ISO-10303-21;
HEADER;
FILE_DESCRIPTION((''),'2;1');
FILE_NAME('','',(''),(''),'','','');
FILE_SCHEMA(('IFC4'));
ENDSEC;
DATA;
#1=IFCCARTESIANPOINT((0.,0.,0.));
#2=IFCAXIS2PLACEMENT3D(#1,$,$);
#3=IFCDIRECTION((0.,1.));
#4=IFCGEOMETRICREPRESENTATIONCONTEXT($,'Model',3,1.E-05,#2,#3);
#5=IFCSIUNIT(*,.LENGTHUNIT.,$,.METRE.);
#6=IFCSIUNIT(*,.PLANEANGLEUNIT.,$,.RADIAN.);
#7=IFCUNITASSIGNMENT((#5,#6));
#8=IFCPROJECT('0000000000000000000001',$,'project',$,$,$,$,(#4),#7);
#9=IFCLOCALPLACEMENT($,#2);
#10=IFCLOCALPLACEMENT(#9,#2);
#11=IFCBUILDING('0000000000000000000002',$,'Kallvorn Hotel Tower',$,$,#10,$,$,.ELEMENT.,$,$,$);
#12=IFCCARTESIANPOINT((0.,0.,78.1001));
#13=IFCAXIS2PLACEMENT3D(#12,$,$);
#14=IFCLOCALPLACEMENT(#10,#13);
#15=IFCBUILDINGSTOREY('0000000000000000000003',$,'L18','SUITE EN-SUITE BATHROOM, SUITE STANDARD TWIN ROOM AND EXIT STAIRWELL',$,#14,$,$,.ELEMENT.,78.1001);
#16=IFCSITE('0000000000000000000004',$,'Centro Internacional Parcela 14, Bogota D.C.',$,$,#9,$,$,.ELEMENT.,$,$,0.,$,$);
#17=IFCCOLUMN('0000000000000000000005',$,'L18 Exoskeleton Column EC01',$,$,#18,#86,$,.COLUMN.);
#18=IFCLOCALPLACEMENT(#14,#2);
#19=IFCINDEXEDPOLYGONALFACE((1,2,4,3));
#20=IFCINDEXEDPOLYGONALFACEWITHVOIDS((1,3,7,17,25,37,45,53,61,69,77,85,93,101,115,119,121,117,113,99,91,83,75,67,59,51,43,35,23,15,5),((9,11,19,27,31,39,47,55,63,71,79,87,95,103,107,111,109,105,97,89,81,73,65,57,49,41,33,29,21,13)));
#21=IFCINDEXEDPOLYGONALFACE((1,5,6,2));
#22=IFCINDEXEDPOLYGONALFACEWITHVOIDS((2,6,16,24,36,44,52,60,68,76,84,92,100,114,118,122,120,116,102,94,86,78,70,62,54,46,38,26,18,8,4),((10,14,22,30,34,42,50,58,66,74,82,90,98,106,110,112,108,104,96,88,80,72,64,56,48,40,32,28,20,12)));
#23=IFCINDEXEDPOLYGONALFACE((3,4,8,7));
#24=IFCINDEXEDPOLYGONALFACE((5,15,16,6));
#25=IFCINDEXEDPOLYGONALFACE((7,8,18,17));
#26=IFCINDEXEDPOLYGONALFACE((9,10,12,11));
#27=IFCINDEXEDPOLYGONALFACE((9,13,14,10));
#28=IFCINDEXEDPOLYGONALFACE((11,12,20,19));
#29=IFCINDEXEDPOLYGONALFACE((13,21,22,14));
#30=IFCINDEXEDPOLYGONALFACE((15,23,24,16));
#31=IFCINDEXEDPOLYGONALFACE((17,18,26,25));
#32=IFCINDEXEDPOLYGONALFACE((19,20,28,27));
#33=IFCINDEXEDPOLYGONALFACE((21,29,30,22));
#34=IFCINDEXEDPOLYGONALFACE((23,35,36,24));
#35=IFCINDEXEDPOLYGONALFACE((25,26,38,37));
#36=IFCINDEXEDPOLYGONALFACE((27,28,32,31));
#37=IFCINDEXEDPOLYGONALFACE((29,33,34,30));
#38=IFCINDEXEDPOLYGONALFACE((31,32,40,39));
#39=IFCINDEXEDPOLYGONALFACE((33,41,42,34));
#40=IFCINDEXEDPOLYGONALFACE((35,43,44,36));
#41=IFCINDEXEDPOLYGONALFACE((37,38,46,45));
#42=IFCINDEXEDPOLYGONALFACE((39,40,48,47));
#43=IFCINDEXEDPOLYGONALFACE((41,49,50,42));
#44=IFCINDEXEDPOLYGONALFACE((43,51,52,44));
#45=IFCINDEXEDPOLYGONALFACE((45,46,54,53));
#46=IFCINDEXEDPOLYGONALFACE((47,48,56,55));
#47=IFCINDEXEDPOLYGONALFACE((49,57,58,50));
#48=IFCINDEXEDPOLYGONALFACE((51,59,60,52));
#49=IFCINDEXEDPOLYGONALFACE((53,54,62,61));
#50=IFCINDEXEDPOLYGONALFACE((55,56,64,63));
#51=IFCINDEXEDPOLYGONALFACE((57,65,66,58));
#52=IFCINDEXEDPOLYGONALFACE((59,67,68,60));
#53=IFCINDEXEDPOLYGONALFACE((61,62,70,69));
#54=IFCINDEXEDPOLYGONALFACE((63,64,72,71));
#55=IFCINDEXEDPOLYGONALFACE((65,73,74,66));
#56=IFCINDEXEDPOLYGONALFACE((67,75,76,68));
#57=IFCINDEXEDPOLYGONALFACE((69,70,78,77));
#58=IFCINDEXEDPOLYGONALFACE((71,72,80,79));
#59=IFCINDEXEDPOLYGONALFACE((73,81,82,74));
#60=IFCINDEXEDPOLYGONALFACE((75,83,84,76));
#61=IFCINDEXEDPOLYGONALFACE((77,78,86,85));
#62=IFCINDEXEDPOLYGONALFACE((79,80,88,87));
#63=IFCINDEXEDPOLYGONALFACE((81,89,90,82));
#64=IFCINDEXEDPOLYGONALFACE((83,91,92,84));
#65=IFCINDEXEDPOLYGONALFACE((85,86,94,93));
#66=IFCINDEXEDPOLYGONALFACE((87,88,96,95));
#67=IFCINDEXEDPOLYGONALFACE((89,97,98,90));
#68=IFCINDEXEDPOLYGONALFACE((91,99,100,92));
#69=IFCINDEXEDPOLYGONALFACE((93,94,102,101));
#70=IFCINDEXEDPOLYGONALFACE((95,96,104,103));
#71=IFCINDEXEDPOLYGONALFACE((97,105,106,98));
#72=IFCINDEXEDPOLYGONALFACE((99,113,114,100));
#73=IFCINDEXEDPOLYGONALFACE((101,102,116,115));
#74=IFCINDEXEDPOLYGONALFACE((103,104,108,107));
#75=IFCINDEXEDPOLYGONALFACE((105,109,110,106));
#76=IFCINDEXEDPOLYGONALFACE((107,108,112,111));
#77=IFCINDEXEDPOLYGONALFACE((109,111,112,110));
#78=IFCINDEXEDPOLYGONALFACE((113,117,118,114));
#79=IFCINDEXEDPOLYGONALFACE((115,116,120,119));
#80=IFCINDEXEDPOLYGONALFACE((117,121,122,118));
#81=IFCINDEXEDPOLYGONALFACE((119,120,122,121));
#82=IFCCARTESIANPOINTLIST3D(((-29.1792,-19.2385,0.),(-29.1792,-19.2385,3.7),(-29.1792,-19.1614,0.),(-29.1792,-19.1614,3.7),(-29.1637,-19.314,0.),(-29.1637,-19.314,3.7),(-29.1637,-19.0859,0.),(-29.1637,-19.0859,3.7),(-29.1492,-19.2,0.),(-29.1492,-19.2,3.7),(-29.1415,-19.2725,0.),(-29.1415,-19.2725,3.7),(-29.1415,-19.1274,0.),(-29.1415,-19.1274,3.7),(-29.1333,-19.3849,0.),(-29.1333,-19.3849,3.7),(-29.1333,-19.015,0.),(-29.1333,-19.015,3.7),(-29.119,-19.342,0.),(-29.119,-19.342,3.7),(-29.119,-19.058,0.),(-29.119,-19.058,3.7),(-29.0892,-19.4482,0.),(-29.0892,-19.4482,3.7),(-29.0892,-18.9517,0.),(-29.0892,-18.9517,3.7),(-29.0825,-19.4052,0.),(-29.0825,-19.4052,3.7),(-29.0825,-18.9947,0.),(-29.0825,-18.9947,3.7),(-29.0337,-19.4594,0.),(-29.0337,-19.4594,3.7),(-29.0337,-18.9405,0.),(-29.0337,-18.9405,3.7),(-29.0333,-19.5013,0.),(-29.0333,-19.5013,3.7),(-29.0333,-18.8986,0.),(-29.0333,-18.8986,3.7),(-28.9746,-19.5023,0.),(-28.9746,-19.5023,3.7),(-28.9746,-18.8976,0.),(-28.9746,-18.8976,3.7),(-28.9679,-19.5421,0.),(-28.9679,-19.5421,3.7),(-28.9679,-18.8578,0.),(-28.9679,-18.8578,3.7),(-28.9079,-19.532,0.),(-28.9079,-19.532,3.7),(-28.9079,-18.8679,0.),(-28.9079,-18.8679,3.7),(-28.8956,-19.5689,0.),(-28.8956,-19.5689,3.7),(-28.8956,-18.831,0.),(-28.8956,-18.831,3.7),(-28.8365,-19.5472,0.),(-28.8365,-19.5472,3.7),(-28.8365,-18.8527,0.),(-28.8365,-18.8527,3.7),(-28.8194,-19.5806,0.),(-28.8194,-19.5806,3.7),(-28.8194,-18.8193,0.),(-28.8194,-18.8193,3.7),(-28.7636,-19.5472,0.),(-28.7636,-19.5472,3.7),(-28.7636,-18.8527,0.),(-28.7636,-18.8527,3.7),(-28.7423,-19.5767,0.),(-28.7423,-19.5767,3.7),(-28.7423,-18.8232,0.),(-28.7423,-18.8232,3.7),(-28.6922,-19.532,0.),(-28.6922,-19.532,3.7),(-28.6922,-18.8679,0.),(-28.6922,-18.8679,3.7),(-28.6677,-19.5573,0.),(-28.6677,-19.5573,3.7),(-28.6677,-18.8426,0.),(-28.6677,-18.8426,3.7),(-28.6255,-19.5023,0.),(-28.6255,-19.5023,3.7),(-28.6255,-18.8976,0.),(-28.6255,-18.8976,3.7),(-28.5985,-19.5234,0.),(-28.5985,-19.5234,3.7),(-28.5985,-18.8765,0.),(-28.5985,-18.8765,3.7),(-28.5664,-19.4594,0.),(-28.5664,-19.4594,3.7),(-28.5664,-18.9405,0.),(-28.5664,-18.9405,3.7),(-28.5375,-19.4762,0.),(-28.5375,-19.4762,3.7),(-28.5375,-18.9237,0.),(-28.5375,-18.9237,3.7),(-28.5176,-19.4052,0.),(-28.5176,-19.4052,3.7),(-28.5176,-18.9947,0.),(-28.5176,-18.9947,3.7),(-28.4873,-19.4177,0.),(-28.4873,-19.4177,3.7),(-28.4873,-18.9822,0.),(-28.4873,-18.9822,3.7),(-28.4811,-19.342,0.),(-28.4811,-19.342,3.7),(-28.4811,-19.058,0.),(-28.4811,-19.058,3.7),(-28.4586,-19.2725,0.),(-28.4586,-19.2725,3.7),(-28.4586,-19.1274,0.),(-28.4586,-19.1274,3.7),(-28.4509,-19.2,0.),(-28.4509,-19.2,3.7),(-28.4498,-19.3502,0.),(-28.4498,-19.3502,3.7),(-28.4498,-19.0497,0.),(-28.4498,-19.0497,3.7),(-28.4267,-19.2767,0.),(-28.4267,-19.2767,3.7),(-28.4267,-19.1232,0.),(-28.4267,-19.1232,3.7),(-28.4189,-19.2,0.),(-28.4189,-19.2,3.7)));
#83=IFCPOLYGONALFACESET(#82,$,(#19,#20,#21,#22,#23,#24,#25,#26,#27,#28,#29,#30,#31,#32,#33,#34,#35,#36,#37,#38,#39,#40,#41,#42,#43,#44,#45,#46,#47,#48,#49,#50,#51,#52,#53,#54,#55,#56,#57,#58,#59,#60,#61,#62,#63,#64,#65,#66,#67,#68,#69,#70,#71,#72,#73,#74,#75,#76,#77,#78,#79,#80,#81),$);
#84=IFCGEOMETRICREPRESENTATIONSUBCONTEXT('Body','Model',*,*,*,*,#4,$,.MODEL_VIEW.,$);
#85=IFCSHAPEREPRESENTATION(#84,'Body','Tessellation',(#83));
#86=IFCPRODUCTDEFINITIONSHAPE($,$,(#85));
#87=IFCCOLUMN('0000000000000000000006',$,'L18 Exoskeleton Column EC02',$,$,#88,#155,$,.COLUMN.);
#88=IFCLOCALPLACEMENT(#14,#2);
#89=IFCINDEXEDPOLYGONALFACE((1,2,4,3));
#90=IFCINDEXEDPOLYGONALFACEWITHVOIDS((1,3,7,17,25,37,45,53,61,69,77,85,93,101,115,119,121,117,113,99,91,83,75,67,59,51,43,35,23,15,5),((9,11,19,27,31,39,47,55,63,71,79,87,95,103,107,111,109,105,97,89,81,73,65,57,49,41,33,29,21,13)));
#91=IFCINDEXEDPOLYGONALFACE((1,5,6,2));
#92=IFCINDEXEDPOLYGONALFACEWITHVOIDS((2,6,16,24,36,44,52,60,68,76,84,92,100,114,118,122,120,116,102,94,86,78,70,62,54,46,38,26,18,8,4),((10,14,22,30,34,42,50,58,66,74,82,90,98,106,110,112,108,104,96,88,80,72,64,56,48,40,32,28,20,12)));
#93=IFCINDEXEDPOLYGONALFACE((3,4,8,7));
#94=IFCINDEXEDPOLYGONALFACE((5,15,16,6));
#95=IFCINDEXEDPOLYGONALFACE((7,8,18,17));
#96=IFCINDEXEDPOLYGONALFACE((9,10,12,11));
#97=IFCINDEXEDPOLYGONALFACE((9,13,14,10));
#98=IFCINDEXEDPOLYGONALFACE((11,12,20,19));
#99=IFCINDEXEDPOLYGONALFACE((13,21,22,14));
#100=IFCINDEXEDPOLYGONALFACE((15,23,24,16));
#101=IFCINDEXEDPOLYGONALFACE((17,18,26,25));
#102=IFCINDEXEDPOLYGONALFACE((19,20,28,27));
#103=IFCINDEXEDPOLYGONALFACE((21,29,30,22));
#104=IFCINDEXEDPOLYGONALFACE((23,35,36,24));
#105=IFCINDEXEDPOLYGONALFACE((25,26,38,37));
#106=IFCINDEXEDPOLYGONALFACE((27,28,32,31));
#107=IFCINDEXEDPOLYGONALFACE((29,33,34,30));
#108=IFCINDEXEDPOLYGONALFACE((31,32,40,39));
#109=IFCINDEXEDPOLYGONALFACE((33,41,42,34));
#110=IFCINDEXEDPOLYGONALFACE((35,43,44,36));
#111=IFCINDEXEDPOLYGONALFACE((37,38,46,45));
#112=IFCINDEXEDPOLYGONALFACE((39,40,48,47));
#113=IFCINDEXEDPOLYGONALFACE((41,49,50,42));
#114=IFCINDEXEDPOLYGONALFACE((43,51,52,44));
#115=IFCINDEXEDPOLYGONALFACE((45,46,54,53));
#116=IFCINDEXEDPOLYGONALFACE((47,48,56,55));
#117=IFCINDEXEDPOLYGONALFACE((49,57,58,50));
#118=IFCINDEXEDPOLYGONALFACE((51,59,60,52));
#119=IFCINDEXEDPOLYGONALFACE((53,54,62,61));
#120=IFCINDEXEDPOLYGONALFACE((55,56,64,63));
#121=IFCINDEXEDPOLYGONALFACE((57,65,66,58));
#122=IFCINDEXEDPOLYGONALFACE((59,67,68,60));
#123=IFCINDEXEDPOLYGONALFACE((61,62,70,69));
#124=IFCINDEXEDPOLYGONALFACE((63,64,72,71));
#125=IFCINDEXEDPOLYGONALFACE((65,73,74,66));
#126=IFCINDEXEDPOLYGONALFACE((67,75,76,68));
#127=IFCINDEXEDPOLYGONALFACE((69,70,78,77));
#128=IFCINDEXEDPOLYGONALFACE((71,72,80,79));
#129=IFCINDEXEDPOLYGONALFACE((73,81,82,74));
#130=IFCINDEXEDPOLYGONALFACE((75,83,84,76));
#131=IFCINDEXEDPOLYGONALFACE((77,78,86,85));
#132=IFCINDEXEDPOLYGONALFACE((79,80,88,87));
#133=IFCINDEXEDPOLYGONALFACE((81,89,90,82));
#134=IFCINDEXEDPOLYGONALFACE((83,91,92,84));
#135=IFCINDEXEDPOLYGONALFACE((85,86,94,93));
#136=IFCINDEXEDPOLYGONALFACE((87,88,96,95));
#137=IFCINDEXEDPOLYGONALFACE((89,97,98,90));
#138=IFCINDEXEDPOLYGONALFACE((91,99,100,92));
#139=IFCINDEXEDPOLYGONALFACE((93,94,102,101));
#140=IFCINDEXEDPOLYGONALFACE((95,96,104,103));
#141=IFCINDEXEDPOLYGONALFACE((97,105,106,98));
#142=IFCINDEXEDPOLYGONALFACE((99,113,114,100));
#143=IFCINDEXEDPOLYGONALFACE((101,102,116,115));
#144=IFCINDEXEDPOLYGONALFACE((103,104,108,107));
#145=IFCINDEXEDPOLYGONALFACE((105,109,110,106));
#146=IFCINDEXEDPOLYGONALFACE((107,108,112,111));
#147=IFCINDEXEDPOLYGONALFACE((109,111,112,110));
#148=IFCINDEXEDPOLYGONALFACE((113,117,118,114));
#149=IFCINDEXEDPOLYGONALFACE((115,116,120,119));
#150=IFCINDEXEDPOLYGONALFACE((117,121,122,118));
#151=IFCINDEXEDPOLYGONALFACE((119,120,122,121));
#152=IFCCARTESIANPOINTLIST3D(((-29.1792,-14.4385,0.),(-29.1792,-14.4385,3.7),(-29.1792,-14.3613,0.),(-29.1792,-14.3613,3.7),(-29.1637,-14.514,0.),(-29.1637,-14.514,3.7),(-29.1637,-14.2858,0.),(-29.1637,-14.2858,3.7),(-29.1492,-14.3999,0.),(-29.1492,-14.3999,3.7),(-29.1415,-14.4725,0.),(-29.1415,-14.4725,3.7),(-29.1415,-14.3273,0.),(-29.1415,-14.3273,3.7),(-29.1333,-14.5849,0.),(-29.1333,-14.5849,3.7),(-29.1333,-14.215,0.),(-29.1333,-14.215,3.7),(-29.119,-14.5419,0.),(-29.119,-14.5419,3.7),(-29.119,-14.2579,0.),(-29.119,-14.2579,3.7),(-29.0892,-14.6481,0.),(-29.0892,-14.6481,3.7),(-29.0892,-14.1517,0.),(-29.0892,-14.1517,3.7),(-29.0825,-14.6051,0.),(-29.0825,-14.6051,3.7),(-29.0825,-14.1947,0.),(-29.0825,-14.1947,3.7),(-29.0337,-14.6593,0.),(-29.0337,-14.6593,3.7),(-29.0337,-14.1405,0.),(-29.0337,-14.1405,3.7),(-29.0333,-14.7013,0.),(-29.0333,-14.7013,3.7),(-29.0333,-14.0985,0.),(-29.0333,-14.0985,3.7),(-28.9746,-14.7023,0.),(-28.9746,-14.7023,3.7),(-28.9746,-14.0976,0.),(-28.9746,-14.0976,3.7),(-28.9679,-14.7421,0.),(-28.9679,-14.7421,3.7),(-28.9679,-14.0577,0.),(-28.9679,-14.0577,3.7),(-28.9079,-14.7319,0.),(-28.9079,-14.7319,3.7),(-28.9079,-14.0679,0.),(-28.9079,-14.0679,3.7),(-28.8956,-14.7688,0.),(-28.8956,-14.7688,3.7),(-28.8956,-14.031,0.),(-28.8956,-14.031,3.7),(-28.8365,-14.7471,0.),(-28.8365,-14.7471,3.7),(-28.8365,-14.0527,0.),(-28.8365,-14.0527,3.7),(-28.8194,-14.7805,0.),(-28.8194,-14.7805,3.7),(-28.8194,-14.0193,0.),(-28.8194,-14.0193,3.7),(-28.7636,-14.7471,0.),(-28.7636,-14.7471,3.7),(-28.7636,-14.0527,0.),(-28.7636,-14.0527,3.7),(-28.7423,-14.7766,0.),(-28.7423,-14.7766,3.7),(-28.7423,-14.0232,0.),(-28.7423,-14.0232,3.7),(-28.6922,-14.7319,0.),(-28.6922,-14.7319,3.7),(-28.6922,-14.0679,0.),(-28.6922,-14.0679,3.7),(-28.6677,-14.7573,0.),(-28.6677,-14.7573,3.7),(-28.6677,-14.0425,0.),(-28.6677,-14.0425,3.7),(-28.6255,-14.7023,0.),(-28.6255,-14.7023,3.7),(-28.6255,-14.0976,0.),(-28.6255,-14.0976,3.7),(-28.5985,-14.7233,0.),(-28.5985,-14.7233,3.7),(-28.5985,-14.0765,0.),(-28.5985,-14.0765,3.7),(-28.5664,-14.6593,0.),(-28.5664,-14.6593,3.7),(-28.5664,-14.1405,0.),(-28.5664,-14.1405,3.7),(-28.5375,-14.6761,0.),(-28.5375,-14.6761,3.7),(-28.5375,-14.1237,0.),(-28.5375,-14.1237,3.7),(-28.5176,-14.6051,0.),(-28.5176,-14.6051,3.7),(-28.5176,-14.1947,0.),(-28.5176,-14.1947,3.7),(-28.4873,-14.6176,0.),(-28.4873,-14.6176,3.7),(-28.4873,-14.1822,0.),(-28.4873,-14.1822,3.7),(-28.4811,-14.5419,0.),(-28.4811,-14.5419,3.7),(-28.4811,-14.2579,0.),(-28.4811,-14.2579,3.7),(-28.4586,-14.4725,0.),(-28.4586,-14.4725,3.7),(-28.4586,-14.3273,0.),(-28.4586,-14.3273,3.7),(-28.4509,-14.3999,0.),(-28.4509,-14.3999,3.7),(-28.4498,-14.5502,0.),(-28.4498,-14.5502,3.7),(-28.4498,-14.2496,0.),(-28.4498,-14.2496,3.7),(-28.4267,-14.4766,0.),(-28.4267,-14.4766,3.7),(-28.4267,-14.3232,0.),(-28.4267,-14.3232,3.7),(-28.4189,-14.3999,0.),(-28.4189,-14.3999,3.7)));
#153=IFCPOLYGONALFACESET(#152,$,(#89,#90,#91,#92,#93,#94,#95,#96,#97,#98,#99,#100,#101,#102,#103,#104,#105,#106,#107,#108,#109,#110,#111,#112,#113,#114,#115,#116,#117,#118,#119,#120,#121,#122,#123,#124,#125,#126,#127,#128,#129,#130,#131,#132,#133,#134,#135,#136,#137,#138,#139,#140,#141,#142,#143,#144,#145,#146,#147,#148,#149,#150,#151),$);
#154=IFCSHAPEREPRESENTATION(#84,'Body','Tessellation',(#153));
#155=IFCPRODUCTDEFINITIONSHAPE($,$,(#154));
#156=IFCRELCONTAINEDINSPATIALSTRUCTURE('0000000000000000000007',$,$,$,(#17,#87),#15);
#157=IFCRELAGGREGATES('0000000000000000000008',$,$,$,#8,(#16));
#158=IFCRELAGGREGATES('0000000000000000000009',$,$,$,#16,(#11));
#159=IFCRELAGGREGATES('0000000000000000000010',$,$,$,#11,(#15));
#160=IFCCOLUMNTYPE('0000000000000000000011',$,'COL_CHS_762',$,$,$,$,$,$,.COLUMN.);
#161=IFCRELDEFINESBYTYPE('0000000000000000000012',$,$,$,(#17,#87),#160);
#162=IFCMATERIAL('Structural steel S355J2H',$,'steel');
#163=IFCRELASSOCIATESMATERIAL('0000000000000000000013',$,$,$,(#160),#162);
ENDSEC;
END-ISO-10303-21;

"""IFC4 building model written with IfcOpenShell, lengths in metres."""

from ifc_helpers import new_model, si_unit, direction, frame, origin, origin_2d, place, context, subcontext, project, spatial, hollow_circle, extrude, material, material_profile, profile_set, type_object, element, save


model = new_model("IFC4")

# Units and contexts
model_context = context("Model", 3, precision=1e-05, world=origin(), true_north=direction((0.0, 1.0)))
body_context = subcontext(model_context, "Body", "Model", "MODEL_VIEW")
ifc_project = project(units=[si_unit("LENGTHUNIT", "METRE"), si_unit("PLANEANGLEUNIT", "RADIAN")], contexts=[model_context])

# Site, building, storey
site_placement = place(None, origin())
site = spatial("IfcSite", under=ifc_project, at=site_placement, Name="Centro Internacional Parcela 14, Bogota D.C.", CompositionType="ELEMENT", RefElevation=0.0)
building_placement = place(site_placement, origin())
building = spatial("IfcBuilding", under=site, at=building_placement, Name="Kallvorn Hotel Tower", CompositionType="ELEMENT")
storey_placement = place(building_placement, frame((0.0, 0.0, 78.1001)))
storey = spatial("IfcBuildingStorey", under=building, at=storey_placement, Name="L18", Description="SUITE EN-SUITE BATHROOM, SUITE STANDARD TWIN ROOM AND EXIT STAIRWELL", CompositionType="ELEMENT", Elevation=78.1001)

# Columns
ifc_material_1 = material(Name="Structural steel S355J2H", Category="steel")
ifc_material_profile_1 = material_profile(ifc_material_1, hollow_circle(Radius=0.3811, WallThickness=0.032, at=origin_2d()), Name="CHS 762x32")
ifc_profile_set_1 = profile_set([ifc_material_profile_1], Name="Structural steel S355J2H")
column_type = type_object("IfcColumnType", Name="COL_CHS_762", PredefinedType="COLUMN", material=ifc_profile_set_1)
for number, where, z_axis, x_axis, name in (
    (1, (-28.8, -19.2, 0.0), (0.0, 0.0, 1.0), (1.0, 0.0, 0.0), "L18 Exoskeleton Column EC01"),
    (2, (-28.8, -14.3999, 0.0), (0.0, 0.0, 1.0), (1.0, 0.0, 0.0), "L18 Exoskeleton Column EC02"),
):
    element("IfcColumn", number, at=place(storey_placement, frame(where, z_axis=z_axis, x_axis=x_axis)), inside=storey, type_object=column_type, Name=name, PredefinedType="COLUMN", context=body_context, shape_type="SweptSolid", body=[
        extrude(hollow_circle(Radius=0.3811, WallThickness=0.032, at=origin_2d()), origin(), (0.0, 0.0, 1.0), 3.7),
    ])

save(model, "model.ifc")
